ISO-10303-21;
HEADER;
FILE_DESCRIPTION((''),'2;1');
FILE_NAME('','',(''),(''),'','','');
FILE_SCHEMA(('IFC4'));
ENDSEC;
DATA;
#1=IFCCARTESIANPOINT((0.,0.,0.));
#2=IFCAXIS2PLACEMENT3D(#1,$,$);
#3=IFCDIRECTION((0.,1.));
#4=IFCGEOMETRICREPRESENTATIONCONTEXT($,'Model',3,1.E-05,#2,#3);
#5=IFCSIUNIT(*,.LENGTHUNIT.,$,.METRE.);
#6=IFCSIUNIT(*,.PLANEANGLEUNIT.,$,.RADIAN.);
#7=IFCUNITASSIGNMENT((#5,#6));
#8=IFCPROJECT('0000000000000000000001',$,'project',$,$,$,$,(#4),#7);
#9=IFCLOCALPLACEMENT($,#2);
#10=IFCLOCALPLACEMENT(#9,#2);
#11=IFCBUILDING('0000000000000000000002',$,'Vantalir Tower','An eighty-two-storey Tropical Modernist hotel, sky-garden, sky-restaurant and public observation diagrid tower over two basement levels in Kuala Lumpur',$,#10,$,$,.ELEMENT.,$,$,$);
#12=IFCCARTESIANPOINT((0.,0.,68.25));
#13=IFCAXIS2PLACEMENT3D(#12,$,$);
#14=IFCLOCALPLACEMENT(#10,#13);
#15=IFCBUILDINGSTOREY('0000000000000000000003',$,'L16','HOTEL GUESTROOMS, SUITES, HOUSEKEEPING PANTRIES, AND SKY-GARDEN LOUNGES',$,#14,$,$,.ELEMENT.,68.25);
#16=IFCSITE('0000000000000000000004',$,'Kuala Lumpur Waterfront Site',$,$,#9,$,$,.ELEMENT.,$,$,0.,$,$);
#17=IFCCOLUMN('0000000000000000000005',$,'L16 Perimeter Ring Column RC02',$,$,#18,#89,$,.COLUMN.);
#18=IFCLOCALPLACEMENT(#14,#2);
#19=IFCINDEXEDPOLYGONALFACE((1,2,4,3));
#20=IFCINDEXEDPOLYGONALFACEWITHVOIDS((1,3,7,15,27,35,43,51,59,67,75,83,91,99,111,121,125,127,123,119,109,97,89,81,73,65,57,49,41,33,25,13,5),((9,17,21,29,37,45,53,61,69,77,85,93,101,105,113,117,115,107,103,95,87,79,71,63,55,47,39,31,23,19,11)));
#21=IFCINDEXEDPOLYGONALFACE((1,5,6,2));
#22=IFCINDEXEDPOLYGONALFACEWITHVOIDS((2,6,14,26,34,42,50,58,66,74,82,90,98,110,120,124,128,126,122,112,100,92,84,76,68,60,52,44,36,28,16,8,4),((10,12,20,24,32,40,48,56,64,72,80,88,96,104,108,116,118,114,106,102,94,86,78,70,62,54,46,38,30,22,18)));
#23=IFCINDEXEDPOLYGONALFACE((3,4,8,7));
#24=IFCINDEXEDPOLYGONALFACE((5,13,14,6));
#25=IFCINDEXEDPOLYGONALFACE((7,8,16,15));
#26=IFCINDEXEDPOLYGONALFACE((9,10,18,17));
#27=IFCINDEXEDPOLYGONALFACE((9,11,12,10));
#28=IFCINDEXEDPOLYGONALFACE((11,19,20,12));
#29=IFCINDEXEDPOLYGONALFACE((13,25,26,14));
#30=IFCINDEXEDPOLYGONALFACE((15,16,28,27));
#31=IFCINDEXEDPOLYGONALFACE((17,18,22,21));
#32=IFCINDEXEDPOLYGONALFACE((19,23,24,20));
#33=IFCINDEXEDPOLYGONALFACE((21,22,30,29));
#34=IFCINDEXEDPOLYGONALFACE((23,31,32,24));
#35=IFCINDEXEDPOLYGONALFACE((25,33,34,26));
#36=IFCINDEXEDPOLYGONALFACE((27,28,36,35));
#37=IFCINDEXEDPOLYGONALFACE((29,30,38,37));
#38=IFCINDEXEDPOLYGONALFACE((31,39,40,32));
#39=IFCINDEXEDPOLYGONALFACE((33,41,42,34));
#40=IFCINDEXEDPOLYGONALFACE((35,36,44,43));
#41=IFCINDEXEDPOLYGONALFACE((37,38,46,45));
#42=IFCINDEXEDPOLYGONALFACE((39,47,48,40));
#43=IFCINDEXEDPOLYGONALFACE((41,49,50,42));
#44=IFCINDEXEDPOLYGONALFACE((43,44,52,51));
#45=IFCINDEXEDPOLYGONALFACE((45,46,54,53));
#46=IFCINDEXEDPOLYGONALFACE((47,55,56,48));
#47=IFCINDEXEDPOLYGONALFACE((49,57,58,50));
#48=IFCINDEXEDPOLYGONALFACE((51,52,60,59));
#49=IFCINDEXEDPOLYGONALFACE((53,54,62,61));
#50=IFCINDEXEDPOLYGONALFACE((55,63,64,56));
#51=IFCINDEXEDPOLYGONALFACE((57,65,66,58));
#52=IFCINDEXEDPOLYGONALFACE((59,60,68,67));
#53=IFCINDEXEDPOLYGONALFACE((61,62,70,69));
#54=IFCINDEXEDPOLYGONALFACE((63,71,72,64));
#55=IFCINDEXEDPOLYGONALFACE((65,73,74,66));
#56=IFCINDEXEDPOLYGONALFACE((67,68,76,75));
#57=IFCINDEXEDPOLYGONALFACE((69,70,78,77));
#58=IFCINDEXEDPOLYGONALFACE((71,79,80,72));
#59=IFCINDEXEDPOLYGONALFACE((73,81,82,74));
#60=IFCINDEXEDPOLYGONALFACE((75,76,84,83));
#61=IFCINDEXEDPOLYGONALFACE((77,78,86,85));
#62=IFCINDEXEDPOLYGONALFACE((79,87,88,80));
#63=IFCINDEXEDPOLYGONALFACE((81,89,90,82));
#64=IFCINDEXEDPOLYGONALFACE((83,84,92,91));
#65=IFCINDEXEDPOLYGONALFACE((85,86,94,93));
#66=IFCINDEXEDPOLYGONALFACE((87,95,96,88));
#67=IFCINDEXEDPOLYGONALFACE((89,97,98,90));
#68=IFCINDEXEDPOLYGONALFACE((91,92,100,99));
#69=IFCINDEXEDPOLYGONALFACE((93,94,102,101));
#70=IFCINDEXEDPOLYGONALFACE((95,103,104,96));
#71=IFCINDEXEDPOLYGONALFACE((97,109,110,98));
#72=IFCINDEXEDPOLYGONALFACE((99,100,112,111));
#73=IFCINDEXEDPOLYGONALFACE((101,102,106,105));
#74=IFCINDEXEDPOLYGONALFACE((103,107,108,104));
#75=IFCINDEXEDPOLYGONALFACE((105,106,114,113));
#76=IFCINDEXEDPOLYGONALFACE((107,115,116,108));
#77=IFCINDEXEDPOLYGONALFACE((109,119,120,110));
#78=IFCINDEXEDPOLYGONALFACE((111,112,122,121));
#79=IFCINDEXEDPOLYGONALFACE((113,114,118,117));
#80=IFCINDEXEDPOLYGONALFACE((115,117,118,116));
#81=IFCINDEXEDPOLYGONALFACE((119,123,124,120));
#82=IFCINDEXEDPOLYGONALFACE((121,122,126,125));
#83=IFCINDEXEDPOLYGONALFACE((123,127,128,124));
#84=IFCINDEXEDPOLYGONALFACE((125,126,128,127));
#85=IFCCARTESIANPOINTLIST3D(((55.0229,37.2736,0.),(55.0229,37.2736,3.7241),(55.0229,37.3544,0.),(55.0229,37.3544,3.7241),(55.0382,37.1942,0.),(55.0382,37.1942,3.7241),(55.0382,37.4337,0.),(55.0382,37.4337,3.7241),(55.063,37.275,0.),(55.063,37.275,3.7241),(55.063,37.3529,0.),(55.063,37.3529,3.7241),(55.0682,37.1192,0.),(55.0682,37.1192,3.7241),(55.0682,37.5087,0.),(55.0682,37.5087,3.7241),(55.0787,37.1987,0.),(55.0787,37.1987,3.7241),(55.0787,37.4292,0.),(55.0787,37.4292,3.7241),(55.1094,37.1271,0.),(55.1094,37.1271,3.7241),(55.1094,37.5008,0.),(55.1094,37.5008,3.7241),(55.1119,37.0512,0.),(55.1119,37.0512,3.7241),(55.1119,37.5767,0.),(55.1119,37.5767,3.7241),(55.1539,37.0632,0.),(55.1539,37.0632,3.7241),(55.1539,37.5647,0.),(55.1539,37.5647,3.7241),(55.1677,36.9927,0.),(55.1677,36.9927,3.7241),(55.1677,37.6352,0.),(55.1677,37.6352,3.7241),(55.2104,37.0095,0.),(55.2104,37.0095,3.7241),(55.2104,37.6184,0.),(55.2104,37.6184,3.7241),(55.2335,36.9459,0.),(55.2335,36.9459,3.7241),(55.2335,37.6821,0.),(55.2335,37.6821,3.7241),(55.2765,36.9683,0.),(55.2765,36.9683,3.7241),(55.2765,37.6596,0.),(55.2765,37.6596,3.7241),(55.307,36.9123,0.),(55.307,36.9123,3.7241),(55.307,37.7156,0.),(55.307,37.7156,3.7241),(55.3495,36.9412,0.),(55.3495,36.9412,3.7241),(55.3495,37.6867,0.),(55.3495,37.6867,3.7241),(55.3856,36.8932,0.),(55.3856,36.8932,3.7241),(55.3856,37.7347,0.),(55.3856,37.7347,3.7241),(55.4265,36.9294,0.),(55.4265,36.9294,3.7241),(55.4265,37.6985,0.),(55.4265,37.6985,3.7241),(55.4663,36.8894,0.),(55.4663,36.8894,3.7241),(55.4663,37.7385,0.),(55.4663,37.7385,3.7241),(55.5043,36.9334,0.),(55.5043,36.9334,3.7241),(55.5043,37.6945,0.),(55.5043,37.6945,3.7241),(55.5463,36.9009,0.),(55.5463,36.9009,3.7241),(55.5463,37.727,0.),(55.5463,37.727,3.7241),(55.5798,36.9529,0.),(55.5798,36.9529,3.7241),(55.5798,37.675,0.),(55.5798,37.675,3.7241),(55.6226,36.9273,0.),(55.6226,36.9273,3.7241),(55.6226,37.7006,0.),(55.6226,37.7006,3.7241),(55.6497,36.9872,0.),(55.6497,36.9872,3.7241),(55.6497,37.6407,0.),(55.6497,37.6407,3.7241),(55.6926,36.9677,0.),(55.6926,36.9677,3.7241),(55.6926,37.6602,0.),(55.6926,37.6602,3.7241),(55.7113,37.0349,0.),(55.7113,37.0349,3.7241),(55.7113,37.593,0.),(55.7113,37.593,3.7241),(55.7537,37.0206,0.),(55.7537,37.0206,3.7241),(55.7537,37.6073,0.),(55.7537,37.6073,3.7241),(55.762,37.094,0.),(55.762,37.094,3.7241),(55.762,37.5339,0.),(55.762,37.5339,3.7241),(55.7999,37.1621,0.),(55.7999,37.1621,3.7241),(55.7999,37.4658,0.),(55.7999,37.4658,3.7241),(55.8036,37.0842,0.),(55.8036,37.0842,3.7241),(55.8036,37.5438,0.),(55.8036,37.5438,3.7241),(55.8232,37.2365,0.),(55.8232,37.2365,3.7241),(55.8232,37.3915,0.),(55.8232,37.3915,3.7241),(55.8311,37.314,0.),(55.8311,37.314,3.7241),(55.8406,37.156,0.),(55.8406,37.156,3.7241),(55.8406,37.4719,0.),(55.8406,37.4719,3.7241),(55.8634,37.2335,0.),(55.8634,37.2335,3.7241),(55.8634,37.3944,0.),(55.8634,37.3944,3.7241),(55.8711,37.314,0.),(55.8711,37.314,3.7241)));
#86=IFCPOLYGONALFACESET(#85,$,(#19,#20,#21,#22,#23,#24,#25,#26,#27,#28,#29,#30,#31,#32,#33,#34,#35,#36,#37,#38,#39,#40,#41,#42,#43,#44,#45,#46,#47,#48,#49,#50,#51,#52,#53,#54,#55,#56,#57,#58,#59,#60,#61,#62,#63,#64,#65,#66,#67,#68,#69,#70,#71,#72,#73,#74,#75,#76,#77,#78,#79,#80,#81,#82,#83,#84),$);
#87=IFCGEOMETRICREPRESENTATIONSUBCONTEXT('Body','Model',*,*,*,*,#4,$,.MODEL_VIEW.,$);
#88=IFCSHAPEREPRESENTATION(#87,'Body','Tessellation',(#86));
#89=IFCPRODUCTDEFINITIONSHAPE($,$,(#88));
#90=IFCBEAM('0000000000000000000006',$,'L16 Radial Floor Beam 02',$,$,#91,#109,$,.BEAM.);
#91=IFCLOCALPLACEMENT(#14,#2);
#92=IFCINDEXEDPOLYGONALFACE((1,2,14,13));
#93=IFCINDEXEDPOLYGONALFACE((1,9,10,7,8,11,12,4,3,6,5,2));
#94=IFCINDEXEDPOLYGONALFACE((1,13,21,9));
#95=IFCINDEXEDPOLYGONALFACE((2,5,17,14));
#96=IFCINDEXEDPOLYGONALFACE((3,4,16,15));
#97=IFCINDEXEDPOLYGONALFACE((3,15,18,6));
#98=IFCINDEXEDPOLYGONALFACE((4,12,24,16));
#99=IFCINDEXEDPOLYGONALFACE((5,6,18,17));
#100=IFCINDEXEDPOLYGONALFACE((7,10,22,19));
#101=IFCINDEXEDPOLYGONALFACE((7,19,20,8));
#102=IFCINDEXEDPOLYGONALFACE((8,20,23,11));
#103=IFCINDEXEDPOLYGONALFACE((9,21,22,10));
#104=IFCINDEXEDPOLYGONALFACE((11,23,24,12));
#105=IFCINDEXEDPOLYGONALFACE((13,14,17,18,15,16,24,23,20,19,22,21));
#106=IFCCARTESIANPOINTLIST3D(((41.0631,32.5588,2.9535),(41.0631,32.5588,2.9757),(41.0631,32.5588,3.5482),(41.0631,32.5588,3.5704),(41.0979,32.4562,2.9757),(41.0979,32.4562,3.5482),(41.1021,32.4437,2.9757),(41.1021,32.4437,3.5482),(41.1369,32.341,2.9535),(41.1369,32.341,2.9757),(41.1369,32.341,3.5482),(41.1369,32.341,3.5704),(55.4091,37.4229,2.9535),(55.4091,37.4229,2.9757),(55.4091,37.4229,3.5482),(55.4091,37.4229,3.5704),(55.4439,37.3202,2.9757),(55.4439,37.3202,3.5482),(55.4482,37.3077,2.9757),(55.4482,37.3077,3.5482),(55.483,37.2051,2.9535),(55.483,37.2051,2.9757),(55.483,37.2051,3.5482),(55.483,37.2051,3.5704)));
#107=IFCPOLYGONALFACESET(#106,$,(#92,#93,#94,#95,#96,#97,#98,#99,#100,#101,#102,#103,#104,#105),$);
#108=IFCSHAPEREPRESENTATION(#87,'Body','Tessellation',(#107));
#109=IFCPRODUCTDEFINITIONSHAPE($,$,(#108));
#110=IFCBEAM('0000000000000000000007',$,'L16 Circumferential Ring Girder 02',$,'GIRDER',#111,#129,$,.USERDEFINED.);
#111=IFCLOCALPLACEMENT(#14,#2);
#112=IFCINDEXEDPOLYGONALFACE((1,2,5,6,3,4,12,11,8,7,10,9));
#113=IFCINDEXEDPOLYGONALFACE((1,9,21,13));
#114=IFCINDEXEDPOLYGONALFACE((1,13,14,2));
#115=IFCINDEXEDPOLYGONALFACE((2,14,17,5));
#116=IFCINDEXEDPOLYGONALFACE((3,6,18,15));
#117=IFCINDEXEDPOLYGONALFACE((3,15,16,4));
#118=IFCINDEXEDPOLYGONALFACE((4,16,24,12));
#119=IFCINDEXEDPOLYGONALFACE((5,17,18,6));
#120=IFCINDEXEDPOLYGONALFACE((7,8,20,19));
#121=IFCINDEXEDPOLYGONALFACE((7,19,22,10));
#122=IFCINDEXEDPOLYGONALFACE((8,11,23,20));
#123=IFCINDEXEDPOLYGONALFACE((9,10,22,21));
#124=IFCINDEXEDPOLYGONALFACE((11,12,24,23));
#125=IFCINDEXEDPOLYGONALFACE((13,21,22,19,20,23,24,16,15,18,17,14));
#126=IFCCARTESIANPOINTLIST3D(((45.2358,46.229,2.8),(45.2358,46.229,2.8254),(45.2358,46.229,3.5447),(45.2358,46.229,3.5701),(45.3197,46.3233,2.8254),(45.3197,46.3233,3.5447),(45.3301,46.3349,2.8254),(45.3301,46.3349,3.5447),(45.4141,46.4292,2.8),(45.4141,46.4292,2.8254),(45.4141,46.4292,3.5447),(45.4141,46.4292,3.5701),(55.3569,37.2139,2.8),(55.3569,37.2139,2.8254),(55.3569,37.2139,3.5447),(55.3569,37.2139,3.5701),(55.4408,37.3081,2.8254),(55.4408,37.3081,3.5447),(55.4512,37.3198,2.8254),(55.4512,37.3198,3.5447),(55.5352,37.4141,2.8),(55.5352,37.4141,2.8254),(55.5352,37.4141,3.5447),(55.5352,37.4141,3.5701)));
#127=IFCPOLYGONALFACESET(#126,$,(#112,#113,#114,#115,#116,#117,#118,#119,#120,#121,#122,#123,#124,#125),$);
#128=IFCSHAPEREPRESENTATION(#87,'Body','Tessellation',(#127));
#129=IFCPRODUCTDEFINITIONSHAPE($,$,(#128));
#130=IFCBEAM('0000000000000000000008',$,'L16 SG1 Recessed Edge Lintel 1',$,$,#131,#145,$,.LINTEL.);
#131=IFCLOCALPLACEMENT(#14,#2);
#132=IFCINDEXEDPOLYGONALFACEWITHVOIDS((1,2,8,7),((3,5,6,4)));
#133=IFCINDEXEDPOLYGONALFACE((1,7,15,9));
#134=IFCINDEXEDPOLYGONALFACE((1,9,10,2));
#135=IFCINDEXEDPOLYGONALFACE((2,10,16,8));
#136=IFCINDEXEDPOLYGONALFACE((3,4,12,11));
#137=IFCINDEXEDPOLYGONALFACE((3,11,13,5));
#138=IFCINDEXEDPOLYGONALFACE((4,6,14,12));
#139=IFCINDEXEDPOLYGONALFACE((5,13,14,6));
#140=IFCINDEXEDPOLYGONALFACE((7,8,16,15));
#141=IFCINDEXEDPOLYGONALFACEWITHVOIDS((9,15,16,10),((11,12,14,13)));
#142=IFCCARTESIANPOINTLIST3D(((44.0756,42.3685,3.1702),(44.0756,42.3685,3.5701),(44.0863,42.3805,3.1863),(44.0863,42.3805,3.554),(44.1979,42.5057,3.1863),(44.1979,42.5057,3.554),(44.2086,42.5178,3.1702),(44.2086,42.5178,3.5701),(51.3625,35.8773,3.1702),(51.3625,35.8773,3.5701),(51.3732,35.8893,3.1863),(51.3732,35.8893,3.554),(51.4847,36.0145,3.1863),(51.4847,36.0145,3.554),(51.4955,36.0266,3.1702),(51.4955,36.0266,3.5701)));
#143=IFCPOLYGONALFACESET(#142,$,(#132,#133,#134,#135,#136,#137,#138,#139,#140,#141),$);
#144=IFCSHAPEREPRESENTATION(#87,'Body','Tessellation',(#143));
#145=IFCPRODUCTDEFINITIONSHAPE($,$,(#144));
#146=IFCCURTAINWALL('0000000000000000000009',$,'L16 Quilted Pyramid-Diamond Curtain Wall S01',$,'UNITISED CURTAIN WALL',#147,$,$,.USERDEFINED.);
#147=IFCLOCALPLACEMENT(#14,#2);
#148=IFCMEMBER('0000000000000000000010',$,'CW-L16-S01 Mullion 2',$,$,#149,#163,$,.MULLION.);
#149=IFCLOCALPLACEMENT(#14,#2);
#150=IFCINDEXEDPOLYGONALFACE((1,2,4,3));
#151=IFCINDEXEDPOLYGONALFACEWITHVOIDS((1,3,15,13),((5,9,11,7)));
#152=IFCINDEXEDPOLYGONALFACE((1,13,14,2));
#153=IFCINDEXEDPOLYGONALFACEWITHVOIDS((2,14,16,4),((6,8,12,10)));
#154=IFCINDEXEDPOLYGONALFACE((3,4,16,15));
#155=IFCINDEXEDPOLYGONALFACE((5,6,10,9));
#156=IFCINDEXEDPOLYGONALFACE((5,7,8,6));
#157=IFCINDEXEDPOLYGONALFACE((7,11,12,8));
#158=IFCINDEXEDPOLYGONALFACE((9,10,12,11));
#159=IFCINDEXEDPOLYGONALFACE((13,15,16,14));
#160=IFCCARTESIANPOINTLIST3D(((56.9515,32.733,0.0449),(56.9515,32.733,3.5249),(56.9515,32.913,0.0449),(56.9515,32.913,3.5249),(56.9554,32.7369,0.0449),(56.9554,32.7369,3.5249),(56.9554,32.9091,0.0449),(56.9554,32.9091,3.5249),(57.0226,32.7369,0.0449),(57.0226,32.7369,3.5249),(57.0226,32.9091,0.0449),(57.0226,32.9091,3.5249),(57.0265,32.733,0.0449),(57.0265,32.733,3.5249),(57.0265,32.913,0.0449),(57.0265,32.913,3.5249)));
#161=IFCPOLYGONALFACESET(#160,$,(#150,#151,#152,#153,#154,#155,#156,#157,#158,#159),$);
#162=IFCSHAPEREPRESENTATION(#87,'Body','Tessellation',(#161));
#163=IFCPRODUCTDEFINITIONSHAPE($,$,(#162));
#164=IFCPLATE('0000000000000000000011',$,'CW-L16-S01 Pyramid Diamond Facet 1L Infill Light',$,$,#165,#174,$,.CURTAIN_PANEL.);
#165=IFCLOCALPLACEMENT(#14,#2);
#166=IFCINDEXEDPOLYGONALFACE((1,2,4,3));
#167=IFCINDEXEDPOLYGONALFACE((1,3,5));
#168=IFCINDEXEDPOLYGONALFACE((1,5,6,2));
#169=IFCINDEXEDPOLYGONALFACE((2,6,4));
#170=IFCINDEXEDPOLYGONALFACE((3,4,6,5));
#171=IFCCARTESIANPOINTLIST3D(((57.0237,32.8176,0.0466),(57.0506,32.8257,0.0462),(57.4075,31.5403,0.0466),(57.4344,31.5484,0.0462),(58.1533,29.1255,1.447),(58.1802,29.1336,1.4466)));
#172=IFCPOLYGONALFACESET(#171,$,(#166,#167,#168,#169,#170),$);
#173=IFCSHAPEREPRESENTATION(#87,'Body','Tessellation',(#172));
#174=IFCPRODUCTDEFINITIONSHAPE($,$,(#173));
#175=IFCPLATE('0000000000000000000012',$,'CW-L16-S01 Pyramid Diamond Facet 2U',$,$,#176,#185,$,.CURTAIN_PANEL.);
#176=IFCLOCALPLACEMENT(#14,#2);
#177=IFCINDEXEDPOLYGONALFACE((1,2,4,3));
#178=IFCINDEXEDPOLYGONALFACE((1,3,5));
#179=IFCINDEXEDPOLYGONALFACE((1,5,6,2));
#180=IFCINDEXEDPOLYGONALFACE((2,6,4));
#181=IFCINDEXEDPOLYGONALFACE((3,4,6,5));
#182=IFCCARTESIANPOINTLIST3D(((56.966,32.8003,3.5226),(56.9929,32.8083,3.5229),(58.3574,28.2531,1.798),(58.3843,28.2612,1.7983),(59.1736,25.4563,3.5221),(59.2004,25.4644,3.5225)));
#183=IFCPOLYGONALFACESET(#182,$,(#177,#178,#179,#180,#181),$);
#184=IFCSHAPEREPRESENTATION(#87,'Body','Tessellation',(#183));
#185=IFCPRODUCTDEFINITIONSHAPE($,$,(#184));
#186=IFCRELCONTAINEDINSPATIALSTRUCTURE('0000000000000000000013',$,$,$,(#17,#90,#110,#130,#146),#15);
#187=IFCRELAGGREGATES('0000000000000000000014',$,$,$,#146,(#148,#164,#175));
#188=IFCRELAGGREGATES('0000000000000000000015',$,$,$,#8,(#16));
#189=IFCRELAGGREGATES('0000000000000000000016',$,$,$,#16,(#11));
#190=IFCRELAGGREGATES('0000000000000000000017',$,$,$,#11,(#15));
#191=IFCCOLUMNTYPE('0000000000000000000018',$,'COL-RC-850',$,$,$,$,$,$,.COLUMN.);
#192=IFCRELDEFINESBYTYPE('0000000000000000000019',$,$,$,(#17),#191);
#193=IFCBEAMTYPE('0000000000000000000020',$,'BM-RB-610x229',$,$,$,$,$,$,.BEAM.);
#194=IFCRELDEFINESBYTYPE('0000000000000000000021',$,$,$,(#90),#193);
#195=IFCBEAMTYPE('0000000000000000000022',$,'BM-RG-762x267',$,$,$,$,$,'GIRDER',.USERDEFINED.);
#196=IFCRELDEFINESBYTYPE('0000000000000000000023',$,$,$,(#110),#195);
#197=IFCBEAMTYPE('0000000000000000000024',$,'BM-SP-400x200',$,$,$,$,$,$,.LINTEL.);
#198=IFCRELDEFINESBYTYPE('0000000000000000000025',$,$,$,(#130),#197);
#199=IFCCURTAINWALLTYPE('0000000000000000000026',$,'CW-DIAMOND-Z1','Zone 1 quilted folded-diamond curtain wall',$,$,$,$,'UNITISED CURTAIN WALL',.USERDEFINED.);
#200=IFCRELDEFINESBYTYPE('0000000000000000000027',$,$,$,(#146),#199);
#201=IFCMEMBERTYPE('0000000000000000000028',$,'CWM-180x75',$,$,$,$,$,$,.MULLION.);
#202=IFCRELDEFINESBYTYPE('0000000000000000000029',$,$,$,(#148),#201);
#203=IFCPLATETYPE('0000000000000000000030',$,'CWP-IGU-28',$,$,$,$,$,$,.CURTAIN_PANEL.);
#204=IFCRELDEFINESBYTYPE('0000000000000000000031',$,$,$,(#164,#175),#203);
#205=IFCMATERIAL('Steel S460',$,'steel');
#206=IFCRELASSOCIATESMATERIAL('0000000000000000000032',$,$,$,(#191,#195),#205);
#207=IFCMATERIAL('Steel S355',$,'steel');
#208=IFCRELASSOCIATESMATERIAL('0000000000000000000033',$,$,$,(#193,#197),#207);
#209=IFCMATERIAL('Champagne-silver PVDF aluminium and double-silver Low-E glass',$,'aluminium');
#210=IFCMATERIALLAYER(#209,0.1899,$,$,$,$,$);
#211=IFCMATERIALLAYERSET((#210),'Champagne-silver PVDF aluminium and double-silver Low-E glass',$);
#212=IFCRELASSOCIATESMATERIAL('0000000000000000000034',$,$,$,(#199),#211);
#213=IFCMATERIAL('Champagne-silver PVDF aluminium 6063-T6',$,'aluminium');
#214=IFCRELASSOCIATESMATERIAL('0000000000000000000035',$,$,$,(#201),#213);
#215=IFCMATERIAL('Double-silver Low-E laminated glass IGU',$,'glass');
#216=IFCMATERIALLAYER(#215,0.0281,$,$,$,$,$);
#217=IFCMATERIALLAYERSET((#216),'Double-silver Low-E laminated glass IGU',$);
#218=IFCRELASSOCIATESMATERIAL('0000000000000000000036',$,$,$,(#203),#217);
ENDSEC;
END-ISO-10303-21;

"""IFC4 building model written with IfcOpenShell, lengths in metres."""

from ifc_helpers import new_model, si_unit, direction, frame, origin, origin_2d, place, context, subcontext, project, spatial, polyline, hollow_rectangle, hollow_circle, i_section, outline, extrude, material, layer, layer_set, material_profile, profile_set, type_object, element, aggregate, save


model = new_model("IFC4")

# Units and contexts
model_context = context("Model", 3, precision=1e-05, world=origin(), true_north=direction((0.0, 1.0)))
body_context = subcontext(model_context, "Body", "Model", "MODEL_VIEW")
ifc_project = project(units=[si_unit("LENGTHUNIT", "METRE"), si_unit("PLANEANGLEUNIT", "RADIAN")], contexts=[model_context])

# Site, building, storey
site_placement = place(None, origin())
site = spatial("IfcSite", under=ifc_project, at=site_placement, Name="Kuala Lumpur Waterfront Site", CompositionType="ELEMENT", RefElevation=0.0)
building_placement = place(site_placement, origin())
building = spatial("IfcBuilding", under=site, at=building_placement, Name="Vantalir Tower", Description="An eighty-two-storey Tropical Modernist hotel, sky-garden, sky-restaurant and public observation diagrid tower over two basement levels in Kuala Lumpur", CompositionType="ELEMENT")
storey_placement = place(building_placement, frame((0.0, 0.0, 68.25)))
storey = spatial("IfcBuildingStorey", under=building, at=storey_placement, Name="L16", Description="HOTEL GUESTROOMS, SUITES, HOUSEKEEPING PANTRIES, AND SKY-GARDEN LOUNGES", CompositionType="ELEMENT", Elevation=68.25)

# Column
ifc_material_1 = material(Name="Steel S460", Category="steel")
ifc_material_profile_1 = material_profile(ifc_material_1, hollow_circle(Radius=0.425, WallThickness=0.04, at=origin_2d()), Name="Steel S460")
ifc_profile_set_1 = profile_set([ifc_material_profile_1], Name="Steel S460")
column_type = type_object("IfcColumnType", Name="COL-RC-850", PredefinedType="COLUMN", material=ifc_profile_set_1)
column_placement = place(storey_placement, frame((55.446, 37.314, 0.0), z_axis=(0.0, 0.0, 1.0), x_axis=(1.0, 0.0, 0.0)))
element("IfcColumn", 1, at=column_placement, inside=storey, type_object=column_type, Name="L16 Perimeter Ring Column RC02", PredefinedType="COLUMN", context=body_context, shape_type="SweptSolid", body=[
    extrude(hollow_circle(Radius=0.425, WallThickness=0.04, at=origin_2d()), origin(), (0.0, 0.0, 1.0), 3.7241),
])

# Beams
ifc_material_2 = material(Name="Steel S355", Category="steel")
ifc_material_profile_2 = material_profile(ifc_material_2, i_section(OverallWidth=0.23, OverallDepth=0.6169, WebThickness=0.0132, FlangeThickness=0.0222, at=origin_2d()), Name="Steel S355")
ifc_profile_set_2 = profile_set([ifc_material_profile_2], Name="Steel S355")
beam_type_1 = type_object("IfcBeamType", Name="BM-RB-610x229", PredefinedType="BEAM", material=ifc_profile_set_2)
beam_1_placement = place(storey_placement, frame((55.446, 37.314, 3.262), z_axis=(-0.947046, -0.321097, 0.0), x_axis=(0.321097, -0.947046, 0.0)))
element("IfcBeam", 2, at=beam_1_placement, inside=storey, type_object=beam_type_1, Name="L16 Radial Floor Beam 02", PredefinedType="BEAM", context=body_context, shape_type="SweptSolid", body=[
    extrude(i_section(OverallWidth=0.23, OverallDepth=0.6169, WebThickness=0.0132, FlangeThickness=0.0222, at=origin_2d()), origin(), (0.0, 0.0, 1.0), 15.1482),
])
ifc_material_profile_3 = material_profile(ifc_material_1, i_section(OverallWidth=0.2681, OverallDepth=0.77, WebThickness=0.0156, FlangeThickness=0.0254, at=origin_2d()), Name="Steel S460")
ifc_profile_set_3 = profile_set([ifc_material_profile_3], Name="Steel S460")
beam_type_2 = type_object("IfcBeamType", Name="BM-RG-762x267", ElementType="GIRDER", PredefinedType="USERDEFINED", material=ifc_profile_set_3)
beam_2_placement = place(storey_placement, frame((55.446, 37.314, 3.1851), z_axis=(-0.746727, 0.66513, 0.0), x_axis=(-0.66513, -0.746727, 0.0)))
element("IfcBeam", 3, at=beam_2_placement, inside=storey, type_object=beam_type_2, Name="L16 Circumferential Ring Girder 02", ObjectType="GIRDER", PredefinedType="USERDEFINED", context=body_context, shape_type="SweptSolid", body=[
    extrude(i_section(OverallWidth=0.2681, OverallDepth=0.77, WebThickness=0.0156, FlangeThickness=0.0254, at=origin_2d()), origin(), (0.0, 0.0, 1.0), 13.554),
])
ifc_material_profile_4 = material_profile(ifc_material_2, hollow_rectangle(XDim=0.2, YDim=0.3999, WallThickness=0.0161, at=origin_2d()), Name="Steel S355")
ifc_profile_set_4 = profile_set([ifc_material_profile_4], Name="Steel S355")
beam_type_3 = type_object("IfcBeamType", Name="BM-SP-400x200", PredefinedType="LINTEL", material=ifc_profile_set_4)
beam_3_placement = place(storey_placement, frame((51.429, 35.9519, 3.3701), z_axis=(-0.746697, 0.665165, 0.0), x_axis=(-0.665165, -0.746697, 0.0)))
element("IfcBeam", 4, at=beam_3_placement, inside=storey, type_object=beam_type_3, Name="L16 SG1 Recessed Edge Lintel 1", PredefinedType="LINTEL", context=body_context, shape_type="SweptSolid", body=[
    extrude(hollow_rectangle(XDim=0.2, YDim=0.3999, WallThickness=0.0161, at=origin_2d()), origin(), (0.0, 0.0, 1.0), 9.7588),
])

# Curtain wall, member, plates
ifc_material_3 = material(Name="Champagne-silver PVDF aluminium and double-silver Low-E glass", Category="aluminium")
ifc_layer_1 = layer(ifc_material_3, 0.1899)
ifc_layer_set_1 = layer_set([ifc_layer_1], Name="Champagne-silver PVDF aluminium and double-silver Low-E glass")
curtain_wall_type = type_object("IfcCurtainWallType", Name="CW-DIAMOND-Z1", Description="Zone 1 quilted folded-diamond curtain wall", ElementType="UNITISED CURTAIN WALL", PredefinedType="USERDEFINED", material=ifc_layer_set_1)
curtain_wall_placement = place(storey_placement, origin())
curtain_wall = element("IfcCurtainWall", 5, at=curtain_wall_placement, inside=storey, type_object=curtain_wall_type, Name="L16 Quilted Pyramid-Diamond Curtain Wall S01", ObjectType="UNITISED CURTAIN WALL", PredefinedType="USERDEFINED")
ifc_material_4 = material(Name="Champagne-silver PVDF aluminium 6063-T6", Category="aluminium")
ifc_material_profile_5 = material_profile(ifc_material_4, hollow_rectangle(XDim=0.075, YDim=0.1799, WallThickness=0.0039, at=origin_2d()), Name="Champagne-silver PVDF aluminium 6063-T6")
ifc_profile_set_5 = profile_set([ifc_material_profile_5], Name="Champagne-silver PVDF aluminium 6063-T6")
member_type = type_object("IfcMemberType", Name="CWM-180x75", PredefinedType="MULLION", material=ifc_profile_set_5)
member_placement = place(storey_placement, frame((56.989, 32.823, 0.0449), z_axis=(0.0, 0.0, 1.0), x_axis=(1.0, 0.0, 0.0)))
member = element("IfcMember", 6, at=member_placement, type_object=member_type, Name="CW-L16-S01 Mullion 2", PredefinedType="MULLION", context=body_context, shape_type="SweptSolid", body=[
    extrude(hollow_rectangle(XDim=0.075, YDim=0.1799, WallThickness=0.0039, at=origin_2d()), origin(), (0.0, 0.0, 1.0), 3.48),
])
ifc_material_5 = material(Name="Double-silver Low-E laminated glass IGU", Category="glass")
ifc_layer_2 = layer(ifc_material_5, 0.0281)
ifc_layer_set_2 = layer_set([ifc_layer_2], Name="Double-silver Low-E laminated glass IGU")
plate_type_1 = type_object("IfcPlateType", Name="CWP-IGU-28", PredefinedType="CURTAIN_PANEL", material=ifc_layer_set_2)
plate_1_placement = place(storey_placement, frame((57.4075, 31.5403, 0.0466), z_axis=(-0.957613, -0.287723, 0.013884), x_axis=(-0.287751, 0.957705, 0.0)))
plate_1 = element("IfcPlate", 7, at=plate_1_placement, type_object=plate_type_1, Name="CW-L16-S01 Pyramid Diamond Facet 1L Infill Light", PredefinedType="CURTAIN_PANEL", context=body_context, shape_type="SweptSolid", body=[
    extrude(outline(polyline([(0.0, 0.0), (1.3338, 0.0), (-2.5273, -1.4005), (0.0, 0.0)])), origin(), (0.0, 0.0, -1.0), 0.0281),
])
plate_2_placement = place(storey_placement, frame((56.9929, 32.8083, 3.5229), z_axis=(0.957582, 0.287837, 0.013632), x_axis=(0.287865, -0.957671, -0.000064)))
plate_2 = element("IfcPlate", 8, at=plate_2_placement, type_object=plate_type_1, Name="CW-L16-S01 Pyramid Diamond Facet 2U", PredefinedType="CURTAIN_PANEL", context=body_context, shape_type="SweptSolid", body=[
    extrude(outline(polyline([(0.0, 0.0), (7.6686, 0.0), (4.7553, 1.7245), (0.0, 0.0)])), origin(), (0.0, 0.0, -1.0), 0.0281),
])
aggregate(curtain_wall, [member, plate_1, plate_2])

save(model, "model.ifc")
